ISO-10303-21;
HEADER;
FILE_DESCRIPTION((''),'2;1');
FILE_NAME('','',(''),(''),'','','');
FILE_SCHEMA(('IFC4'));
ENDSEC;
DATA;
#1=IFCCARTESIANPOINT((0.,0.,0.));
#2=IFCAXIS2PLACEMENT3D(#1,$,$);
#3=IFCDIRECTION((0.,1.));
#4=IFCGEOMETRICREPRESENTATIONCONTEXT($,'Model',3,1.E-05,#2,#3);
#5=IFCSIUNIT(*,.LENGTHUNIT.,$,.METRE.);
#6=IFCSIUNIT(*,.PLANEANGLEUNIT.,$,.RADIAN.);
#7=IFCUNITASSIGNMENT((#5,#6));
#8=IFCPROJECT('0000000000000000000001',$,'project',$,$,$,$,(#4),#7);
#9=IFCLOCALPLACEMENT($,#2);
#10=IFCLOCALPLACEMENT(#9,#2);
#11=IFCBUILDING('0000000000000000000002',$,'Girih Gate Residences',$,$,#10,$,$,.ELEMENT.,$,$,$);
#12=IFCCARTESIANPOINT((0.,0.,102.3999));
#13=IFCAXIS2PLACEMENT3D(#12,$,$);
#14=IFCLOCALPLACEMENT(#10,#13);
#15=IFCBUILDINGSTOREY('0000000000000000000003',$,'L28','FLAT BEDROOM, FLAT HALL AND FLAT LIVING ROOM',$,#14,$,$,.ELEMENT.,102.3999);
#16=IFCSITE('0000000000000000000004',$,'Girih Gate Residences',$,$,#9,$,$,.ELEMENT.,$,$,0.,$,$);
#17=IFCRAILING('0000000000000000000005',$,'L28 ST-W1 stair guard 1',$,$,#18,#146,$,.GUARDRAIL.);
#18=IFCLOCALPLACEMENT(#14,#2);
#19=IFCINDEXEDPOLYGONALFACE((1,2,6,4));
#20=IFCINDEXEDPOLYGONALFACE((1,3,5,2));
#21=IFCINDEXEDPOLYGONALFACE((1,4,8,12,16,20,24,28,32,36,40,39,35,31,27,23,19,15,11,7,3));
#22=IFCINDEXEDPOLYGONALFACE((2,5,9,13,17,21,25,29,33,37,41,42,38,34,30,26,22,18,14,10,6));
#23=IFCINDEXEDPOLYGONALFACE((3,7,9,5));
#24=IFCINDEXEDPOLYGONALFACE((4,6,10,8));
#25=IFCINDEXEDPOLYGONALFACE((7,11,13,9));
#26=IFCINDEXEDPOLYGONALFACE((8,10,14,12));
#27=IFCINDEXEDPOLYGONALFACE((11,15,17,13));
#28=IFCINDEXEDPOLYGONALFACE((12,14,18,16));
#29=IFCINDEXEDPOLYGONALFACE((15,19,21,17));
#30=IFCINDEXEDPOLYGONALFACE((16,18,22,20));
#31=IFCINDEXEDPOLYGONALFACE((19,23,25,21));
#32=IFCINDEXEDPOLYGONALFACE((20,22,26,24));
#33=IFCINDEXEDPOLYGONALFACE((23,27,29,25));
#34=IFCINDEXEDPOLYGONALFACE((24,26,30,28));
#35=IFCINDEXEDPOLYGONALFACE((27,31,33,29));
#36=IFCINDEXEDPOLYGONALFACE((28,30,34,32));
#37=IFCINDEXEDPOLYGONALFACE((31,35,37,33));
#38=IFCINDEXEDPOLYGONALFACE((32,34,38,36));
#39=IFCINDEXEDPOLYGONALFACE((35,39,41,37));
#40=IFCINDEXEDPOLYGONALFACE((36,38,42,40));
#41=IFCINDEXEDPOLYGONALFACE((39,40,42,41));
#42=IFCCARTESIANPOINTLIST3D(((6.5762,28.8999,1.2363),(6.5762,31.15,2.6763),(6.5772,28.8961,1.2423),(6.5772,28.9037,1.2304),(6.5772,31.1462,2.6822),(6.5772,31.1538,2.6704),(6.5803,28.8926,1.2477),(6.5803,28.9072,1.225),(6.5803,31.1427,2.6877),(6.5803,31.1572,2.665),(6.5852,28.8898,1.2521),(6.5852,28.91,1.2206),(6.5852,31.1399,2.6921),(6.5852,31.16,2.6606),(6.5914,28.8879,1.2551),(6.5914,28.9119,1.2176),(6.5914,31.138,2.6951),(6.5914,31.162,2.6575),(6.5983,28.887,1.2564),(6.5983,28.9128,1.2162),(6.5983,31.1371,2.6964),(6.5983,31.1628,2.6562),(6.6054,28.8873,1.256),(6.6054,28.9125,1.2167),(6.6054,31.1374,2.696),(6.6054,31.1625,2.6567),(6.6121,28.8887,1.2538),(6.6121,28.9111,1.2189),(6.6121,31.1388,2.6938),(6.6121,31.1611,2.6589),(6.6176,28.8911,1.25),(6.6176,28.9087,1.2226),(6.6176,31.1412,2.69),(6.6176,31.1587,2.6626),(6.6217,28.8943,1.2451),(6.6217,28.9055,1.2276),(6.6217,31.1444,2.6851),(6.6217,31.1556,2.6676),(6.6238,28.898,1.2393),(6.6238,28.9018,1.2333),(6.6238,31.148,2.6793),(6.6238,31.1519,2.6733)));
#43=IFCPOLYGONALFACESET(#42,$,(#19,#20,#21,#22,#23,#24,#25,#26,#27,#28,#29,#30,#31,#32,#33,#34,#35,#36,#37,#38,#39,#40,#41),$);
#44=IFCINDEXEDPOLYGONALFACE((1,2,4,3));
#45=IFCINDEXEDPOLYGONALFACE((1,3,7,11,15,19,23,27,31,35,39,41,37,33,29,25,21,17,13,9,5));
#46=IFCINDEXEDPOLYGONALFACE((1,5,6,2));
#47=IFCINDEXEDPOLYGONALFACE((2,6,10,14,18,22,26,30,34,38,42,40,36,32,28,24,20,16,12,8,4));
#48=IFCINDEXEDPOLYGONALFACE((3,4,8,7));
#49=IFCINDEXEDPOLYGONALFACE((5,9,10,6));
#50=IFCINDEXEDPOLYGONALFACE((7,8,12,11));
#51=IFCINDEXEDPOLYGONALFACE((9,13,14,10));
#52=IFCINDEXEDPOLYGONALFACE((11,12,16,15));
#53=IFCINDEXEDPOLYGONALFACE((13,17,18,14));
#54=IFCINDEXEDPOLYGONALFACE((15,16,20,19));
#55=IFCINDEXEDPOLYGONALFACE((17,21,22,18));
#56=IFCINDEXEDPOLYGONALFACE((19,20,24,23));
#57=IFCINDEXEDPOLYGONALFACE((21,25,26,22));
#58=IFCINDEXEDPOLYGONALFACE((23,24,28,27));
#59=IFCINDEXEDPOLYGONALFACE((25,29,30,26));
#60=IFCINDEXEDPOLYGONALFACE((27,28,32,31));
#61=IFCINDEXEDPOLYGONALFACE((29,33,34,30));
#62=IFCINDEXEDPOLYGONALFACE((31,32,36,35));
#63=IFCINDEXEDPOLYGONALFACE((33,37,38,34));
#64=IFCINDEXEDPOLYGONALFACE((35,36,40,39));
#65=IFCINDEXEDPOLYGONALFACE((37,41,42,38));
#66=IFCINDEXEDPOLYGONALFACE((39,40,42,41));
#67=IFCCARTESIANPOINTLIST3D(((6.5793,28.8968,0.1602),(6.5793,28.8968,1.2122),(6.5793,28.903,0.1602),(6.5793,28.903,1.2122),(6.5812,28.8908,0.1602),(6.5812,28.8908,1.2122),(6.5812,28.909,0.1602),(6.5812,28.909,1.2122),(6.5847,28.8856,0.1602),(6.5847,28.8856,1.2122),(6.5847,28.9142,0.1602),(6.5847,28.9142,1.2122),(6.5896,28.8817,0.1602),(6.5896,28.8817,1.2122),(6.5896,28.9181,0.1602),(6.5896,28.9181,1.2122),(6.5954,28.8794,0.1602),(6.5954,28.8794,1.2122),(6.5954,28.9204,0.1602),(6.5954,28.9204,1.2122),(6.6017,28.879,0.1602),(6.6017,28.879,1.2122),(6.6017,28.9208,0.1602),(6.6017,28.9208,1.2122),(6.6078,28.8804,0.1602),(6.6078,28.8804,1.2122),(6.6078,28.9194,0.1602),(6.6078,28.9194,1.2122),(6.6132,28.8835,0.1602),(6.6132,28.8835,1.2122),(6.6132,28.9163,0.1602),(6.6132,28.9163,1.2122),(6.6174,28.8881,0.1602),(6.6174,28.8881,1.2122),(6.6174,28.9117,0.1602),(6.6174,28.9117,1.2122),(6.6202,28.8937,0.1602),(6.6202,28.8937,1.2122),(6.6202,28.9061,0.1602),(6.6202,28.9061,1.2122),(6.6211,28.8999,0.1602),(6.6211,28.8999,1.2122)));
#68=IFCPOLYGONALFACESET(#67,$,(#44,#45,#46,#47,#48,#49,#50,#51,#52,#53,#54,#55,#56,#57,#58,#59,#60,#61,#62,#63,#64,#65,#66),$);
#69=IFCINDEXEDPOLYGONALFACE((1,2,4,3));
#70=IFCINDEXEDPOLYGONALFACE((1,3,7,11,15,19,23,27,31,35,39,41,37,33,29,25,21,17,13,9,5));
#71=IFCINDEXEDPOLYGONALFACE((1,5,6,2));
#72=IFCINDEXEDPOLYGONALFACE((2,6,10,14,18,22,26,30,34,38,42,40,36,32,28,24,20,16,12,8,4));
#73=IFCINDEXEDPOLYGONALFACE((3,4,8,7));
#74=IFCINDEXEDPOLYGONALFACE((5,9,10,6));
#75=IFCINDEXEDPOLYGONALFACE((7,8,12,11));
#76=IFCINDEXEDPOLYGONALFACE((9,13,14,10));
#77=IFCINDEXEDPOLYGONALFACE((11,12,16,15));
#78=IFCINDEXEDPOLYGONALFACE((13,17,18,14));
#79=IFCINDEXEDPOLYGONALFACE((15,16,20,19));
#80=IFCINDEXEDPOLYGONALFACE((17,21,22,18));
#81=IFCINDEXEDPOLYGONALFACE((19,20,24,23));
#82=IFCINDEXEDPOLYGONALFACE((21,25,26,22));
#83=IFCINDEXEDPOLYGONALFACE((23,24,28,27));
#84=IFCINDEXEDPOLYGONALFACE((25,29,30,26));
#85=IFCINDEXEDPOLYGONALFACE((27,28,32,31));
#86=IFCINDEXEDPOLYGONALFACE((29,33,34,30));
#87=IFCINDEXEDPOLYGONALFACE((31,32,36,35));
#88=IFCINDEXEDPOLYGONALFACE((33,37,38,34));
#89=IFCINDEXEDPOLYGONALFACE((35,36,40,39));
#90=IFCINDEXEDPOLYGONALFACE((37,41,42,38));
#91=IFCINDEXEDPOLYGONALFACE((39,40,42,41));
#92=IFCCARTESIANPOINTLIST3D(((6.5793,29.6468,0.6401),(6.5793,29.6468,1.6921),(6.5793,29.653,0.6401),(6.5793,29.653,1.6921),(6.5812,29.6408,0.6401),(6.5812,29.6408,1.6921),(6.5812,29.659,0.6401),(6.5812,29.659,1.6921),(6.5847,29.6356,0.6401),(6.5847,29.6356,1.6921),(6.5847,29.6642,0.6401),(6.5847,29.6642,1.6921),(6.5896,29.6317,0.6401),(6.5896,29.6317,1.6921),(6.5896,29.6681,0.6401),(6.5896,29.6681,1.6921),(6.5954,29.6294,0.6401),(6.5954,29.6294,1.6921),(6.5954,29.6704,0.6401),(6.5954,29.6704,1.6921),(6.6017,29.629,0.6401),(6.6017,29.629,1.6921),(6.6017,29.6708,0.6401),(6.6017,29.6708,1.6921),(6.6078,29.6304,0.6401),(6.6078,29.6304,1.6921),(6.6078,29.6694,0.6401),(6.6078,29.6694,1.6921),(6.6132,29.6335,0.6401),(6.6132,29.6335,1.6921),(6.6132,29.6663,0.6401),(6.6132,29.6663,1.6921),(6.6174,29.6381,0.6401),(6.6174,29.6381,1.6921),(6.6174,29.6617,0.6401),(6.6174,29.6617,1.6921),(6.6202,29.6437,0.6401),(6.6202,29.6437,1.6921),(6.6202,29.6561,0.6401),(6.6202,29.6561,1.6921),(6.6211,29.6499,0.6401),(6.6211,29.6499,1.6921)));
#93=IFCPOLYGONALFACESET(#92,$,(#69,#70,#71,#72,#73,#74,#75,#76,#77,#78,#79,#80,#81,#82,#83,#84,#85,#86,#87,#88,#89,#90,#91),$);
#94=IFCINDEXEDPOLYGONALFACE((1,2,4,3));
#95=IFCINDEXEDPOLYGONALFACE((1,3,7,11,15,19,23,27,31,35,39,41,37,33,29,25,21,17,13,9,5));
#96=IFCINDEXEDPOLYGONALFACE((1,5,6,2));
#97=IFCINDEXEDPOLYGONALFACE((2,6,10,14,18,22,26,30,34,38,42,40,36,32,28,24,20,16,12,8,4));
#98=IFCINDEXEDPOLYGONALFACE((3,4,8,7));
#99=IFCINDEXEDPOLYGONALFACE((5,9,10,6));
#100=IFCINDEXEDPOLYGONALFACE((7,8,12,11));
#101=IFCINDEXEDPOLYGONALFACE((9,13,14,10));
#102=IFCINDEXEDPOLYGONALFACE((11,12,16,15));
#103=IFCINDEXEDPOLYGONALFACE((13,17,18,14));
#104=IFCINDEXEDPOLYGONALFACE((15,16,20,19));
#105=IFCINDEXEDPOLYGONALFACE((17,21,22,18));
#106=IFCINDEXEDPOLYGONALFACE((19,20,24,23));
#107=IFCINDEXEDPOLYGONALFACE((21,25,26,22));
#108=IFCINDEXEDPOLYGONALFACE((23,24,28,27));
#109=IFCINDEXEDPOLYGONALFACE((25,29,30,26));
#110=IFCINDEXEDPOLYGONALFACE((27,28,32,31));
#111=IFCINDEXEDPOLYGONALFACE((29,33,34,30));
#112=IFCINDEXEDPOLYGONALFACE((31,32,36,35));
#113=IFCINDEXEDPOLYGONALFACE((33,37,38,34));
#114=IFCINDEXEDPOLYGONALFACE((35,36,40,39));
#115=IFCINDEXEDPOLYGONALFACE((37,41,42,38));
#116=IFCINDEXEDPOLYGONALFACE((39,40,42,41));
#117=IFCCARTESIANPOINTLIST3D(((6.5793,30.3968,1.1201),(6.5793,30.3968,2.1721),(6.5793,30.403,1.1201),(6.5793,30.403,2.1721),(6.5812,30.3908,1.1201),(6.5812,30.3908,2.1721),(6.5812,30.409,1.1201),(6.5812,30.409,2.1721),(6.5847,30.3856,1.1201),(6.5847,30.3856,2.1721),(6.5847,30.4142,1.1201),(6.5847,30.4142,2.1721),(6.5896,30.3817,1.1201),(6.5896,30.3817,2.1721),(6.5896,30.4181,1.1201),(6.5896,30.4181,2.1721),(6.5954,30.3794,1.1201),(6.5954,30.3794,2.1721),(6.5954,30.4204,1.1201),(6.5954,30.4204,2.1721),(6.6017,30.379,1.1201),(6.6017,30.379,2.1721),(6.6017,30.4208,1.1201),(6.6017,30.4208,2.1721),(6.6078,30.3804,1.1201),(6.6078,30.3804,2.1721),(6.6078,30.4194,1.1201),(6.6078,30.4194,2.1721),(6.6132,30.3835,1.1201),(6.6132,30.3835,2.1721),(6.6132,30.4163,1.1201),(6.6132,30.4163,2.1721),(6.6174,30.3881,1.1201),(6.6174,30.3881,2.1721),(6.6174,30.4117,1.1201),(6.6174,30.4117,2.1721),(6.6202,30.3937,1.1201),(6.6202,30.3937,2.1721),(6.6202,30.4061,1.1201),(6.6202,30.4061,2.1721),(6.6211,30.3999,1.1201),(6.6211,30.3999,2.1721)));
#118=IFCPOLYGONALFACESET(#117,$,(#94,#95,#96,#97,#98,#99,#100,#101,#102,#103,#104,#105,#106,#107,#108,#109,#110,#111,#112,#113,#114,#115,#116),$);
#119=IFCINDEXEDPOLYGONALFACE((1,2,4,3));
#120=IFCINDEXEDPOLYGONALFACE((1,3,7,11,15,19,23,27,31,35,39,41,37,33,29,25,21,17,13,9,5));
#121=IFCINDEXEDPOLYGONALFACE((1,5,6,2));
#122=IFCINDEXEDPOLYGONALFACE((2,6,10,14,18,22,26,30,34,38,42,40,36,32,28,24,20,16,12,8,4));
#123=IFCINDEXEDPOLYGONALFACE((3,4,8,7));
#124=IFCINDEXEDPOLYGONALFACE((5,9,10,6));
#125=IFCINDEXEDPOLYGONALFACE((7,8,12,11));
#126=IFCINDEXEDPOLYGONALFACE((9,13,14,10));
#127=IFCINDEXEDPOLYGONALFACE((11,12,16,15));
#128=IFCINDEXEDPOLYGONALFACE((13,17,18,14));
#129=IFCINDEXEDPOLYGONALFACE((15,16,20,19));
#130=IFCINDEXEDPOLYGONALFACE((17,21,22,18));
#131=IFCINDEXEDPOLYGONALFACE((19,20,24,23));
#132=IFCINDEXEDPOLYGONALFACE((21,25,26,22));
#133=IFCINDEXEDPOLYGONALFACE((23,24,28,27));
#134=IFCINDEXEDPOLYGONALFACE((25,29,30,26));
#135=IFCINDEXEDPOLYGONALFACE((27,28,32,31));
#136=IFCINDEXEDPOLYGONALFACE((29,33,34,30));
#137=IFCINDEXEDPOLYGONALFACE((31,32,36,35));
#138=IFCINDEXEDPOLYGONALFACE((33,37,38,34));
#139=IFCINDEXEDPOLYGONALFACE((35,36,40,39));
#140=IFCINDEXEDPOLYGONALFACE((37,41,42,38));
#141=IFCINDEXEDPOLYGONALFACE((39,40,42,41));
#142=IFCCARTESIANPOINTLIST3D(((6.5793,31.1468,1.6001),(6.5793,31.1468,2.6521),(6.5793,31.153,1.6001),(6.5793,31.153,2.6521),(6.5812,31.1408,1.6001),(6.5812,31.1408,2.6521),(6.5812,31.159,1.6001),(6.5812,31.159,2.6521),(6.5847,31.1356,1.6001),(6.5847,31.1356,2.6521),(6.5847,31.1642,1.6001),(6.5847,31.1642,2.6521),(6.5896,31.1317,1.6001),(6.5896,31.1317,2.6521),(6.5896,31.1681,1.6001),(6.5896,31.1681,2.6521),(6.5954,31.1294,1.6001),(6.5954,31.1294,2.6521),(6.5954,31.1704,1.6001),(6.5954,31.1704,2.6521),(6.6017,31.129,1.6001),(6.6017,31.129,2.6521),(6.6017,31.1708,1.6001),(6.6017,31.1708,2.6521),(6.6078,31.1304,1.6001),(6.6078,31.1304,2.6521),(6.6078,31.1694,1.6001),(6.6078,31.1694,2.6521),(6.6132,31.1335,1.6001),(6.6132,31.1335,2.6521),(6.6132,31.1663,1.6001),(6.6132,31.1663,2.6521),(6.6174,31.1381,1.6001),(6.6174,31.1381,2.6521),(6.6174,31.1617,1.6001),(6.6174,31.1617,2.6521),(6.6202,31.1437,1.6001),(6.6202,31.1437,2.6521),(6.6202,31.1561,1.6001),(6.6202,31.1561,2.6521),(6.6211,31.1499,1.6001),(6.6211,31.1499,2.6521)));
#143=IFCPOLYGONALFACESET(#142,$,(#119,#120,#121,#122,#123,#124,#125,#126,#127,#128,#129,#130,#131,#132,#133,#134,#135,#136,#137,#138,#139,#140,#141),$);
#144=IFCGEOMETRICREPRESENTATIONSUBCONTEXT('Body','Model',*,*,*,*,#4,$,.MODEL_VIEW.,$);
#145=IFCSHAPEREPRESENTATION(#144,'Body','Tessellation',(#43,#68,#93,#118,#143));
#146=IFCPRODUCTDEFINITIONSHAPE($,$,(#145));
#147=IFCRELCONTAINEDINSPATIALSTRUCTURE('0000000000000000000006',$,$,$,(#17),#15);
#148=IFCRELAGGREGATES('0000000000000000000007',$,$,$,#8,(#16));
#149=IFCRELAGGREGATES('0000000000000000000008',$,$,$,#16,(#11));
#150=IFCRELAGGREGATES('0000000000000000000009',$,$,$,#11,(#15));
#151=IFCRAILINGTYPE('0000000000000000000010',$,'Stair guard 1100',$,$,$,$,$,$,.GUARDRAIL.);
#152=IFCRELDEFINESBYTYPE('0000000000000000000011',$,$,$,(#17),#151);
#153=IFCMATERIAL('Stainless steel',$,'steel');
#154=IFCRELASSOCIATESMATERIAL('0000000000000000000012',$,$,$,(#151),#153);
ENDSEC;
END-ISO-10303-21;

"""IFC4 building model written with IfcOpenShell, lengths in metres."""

from ifc_helpers import new_model, si_unit, direction, frame, origin, origin_2d, place, context, subcontext, project, spatial, circle, extrude, material, type_object, element, save


model = new_model("IFC4")

# Units and contexts
model_context = context("Model", 3, precision=1e-05, world=origin(), true_north=direction((0.0, 1.0)))
body_context = subcontext(model_context, "Body", "Model", "MODEL_VIEW")
ifc_project = project(units=[si_unit("LENGTHUNIT", "METRE"), si_unit("PLANEANGLEUNIT", "RADIAN")], contexts=[model_context])

# Site, building, storey
site_placement = place(None, origin())
site = spatial("IfcSite", under=ifc_project, at=site_placement, Name="Girih Gate Residences", CompositionType="ELEMENT", RefElevation=0.0)
building_placement = place(site_placement, origin())
building = spatial("IfcBuilding", under=site, at=building_placement, Name="Girih Gate Residences", CompositionType="ELEMENT")
storey_placement = place(building_placement, frame((0.0, 0.0, 102.3999)))
storey = spatial("IfcBuildingStorey", under=building, at=storey_placement, Name="L28", Description="FLAT BEDROOM, FLAT HALL AND FLAT LIVING ROOM", CompositionType="ELEMENT", Elevation=102.3999)

# Railing
ifc_material_1 = material(Name="Stainless steel", Category="steel")
railing_type_1 = type_object("IfcRailingType", Name="Stair guard 1100", PredefinedType="GUARDRAIL", material=ifc_material_1)
railing_1_placement = place(storey_placement, frame((6.6001, 28.8999, 0.1602)))
element("IfcRailing", 1, at=railing_1_placement, inside=storey, type_object=railing_type_1, Name="L28 ST-W1 stair guard 1", PredefinedType="GUARDRAIL", context=body_context, shape_type="SweptSolid", body=[
    extrude(circle(Radius=0.0239, at=origin_2d()), frame((0.0, 0.0, 1.0762), z_axis=(0.0, 0.842281, 0.539038), x_axis=(-1.0, 0.0, 0.0)), (0.0, 0.0, 1.0), 2.6714),
    extrude(circle(Radius=0.021, at=origin_2d()), origin(), (0.0, 0.0, 1.0), 1.052),
    extrude(circle(Radius=0.021, at=origin_2d()), frame((0.0, 0.75, 0.48)), (0.0, 0.0, 1.0), 1.052),
    extrude(circle(Radius=0.021, at=origin_2d()), frame((0.0, 1.5, 0.96)), (0.0, 0.0, 1.0), 1.052),
    extrude(circle(Radius=0.021, at=origin_2d()), frame((0.0, 2.25, 1.4399)), (0.0, 0.0, 1.0), 1.052),
])

save(model, "model.ifc")
